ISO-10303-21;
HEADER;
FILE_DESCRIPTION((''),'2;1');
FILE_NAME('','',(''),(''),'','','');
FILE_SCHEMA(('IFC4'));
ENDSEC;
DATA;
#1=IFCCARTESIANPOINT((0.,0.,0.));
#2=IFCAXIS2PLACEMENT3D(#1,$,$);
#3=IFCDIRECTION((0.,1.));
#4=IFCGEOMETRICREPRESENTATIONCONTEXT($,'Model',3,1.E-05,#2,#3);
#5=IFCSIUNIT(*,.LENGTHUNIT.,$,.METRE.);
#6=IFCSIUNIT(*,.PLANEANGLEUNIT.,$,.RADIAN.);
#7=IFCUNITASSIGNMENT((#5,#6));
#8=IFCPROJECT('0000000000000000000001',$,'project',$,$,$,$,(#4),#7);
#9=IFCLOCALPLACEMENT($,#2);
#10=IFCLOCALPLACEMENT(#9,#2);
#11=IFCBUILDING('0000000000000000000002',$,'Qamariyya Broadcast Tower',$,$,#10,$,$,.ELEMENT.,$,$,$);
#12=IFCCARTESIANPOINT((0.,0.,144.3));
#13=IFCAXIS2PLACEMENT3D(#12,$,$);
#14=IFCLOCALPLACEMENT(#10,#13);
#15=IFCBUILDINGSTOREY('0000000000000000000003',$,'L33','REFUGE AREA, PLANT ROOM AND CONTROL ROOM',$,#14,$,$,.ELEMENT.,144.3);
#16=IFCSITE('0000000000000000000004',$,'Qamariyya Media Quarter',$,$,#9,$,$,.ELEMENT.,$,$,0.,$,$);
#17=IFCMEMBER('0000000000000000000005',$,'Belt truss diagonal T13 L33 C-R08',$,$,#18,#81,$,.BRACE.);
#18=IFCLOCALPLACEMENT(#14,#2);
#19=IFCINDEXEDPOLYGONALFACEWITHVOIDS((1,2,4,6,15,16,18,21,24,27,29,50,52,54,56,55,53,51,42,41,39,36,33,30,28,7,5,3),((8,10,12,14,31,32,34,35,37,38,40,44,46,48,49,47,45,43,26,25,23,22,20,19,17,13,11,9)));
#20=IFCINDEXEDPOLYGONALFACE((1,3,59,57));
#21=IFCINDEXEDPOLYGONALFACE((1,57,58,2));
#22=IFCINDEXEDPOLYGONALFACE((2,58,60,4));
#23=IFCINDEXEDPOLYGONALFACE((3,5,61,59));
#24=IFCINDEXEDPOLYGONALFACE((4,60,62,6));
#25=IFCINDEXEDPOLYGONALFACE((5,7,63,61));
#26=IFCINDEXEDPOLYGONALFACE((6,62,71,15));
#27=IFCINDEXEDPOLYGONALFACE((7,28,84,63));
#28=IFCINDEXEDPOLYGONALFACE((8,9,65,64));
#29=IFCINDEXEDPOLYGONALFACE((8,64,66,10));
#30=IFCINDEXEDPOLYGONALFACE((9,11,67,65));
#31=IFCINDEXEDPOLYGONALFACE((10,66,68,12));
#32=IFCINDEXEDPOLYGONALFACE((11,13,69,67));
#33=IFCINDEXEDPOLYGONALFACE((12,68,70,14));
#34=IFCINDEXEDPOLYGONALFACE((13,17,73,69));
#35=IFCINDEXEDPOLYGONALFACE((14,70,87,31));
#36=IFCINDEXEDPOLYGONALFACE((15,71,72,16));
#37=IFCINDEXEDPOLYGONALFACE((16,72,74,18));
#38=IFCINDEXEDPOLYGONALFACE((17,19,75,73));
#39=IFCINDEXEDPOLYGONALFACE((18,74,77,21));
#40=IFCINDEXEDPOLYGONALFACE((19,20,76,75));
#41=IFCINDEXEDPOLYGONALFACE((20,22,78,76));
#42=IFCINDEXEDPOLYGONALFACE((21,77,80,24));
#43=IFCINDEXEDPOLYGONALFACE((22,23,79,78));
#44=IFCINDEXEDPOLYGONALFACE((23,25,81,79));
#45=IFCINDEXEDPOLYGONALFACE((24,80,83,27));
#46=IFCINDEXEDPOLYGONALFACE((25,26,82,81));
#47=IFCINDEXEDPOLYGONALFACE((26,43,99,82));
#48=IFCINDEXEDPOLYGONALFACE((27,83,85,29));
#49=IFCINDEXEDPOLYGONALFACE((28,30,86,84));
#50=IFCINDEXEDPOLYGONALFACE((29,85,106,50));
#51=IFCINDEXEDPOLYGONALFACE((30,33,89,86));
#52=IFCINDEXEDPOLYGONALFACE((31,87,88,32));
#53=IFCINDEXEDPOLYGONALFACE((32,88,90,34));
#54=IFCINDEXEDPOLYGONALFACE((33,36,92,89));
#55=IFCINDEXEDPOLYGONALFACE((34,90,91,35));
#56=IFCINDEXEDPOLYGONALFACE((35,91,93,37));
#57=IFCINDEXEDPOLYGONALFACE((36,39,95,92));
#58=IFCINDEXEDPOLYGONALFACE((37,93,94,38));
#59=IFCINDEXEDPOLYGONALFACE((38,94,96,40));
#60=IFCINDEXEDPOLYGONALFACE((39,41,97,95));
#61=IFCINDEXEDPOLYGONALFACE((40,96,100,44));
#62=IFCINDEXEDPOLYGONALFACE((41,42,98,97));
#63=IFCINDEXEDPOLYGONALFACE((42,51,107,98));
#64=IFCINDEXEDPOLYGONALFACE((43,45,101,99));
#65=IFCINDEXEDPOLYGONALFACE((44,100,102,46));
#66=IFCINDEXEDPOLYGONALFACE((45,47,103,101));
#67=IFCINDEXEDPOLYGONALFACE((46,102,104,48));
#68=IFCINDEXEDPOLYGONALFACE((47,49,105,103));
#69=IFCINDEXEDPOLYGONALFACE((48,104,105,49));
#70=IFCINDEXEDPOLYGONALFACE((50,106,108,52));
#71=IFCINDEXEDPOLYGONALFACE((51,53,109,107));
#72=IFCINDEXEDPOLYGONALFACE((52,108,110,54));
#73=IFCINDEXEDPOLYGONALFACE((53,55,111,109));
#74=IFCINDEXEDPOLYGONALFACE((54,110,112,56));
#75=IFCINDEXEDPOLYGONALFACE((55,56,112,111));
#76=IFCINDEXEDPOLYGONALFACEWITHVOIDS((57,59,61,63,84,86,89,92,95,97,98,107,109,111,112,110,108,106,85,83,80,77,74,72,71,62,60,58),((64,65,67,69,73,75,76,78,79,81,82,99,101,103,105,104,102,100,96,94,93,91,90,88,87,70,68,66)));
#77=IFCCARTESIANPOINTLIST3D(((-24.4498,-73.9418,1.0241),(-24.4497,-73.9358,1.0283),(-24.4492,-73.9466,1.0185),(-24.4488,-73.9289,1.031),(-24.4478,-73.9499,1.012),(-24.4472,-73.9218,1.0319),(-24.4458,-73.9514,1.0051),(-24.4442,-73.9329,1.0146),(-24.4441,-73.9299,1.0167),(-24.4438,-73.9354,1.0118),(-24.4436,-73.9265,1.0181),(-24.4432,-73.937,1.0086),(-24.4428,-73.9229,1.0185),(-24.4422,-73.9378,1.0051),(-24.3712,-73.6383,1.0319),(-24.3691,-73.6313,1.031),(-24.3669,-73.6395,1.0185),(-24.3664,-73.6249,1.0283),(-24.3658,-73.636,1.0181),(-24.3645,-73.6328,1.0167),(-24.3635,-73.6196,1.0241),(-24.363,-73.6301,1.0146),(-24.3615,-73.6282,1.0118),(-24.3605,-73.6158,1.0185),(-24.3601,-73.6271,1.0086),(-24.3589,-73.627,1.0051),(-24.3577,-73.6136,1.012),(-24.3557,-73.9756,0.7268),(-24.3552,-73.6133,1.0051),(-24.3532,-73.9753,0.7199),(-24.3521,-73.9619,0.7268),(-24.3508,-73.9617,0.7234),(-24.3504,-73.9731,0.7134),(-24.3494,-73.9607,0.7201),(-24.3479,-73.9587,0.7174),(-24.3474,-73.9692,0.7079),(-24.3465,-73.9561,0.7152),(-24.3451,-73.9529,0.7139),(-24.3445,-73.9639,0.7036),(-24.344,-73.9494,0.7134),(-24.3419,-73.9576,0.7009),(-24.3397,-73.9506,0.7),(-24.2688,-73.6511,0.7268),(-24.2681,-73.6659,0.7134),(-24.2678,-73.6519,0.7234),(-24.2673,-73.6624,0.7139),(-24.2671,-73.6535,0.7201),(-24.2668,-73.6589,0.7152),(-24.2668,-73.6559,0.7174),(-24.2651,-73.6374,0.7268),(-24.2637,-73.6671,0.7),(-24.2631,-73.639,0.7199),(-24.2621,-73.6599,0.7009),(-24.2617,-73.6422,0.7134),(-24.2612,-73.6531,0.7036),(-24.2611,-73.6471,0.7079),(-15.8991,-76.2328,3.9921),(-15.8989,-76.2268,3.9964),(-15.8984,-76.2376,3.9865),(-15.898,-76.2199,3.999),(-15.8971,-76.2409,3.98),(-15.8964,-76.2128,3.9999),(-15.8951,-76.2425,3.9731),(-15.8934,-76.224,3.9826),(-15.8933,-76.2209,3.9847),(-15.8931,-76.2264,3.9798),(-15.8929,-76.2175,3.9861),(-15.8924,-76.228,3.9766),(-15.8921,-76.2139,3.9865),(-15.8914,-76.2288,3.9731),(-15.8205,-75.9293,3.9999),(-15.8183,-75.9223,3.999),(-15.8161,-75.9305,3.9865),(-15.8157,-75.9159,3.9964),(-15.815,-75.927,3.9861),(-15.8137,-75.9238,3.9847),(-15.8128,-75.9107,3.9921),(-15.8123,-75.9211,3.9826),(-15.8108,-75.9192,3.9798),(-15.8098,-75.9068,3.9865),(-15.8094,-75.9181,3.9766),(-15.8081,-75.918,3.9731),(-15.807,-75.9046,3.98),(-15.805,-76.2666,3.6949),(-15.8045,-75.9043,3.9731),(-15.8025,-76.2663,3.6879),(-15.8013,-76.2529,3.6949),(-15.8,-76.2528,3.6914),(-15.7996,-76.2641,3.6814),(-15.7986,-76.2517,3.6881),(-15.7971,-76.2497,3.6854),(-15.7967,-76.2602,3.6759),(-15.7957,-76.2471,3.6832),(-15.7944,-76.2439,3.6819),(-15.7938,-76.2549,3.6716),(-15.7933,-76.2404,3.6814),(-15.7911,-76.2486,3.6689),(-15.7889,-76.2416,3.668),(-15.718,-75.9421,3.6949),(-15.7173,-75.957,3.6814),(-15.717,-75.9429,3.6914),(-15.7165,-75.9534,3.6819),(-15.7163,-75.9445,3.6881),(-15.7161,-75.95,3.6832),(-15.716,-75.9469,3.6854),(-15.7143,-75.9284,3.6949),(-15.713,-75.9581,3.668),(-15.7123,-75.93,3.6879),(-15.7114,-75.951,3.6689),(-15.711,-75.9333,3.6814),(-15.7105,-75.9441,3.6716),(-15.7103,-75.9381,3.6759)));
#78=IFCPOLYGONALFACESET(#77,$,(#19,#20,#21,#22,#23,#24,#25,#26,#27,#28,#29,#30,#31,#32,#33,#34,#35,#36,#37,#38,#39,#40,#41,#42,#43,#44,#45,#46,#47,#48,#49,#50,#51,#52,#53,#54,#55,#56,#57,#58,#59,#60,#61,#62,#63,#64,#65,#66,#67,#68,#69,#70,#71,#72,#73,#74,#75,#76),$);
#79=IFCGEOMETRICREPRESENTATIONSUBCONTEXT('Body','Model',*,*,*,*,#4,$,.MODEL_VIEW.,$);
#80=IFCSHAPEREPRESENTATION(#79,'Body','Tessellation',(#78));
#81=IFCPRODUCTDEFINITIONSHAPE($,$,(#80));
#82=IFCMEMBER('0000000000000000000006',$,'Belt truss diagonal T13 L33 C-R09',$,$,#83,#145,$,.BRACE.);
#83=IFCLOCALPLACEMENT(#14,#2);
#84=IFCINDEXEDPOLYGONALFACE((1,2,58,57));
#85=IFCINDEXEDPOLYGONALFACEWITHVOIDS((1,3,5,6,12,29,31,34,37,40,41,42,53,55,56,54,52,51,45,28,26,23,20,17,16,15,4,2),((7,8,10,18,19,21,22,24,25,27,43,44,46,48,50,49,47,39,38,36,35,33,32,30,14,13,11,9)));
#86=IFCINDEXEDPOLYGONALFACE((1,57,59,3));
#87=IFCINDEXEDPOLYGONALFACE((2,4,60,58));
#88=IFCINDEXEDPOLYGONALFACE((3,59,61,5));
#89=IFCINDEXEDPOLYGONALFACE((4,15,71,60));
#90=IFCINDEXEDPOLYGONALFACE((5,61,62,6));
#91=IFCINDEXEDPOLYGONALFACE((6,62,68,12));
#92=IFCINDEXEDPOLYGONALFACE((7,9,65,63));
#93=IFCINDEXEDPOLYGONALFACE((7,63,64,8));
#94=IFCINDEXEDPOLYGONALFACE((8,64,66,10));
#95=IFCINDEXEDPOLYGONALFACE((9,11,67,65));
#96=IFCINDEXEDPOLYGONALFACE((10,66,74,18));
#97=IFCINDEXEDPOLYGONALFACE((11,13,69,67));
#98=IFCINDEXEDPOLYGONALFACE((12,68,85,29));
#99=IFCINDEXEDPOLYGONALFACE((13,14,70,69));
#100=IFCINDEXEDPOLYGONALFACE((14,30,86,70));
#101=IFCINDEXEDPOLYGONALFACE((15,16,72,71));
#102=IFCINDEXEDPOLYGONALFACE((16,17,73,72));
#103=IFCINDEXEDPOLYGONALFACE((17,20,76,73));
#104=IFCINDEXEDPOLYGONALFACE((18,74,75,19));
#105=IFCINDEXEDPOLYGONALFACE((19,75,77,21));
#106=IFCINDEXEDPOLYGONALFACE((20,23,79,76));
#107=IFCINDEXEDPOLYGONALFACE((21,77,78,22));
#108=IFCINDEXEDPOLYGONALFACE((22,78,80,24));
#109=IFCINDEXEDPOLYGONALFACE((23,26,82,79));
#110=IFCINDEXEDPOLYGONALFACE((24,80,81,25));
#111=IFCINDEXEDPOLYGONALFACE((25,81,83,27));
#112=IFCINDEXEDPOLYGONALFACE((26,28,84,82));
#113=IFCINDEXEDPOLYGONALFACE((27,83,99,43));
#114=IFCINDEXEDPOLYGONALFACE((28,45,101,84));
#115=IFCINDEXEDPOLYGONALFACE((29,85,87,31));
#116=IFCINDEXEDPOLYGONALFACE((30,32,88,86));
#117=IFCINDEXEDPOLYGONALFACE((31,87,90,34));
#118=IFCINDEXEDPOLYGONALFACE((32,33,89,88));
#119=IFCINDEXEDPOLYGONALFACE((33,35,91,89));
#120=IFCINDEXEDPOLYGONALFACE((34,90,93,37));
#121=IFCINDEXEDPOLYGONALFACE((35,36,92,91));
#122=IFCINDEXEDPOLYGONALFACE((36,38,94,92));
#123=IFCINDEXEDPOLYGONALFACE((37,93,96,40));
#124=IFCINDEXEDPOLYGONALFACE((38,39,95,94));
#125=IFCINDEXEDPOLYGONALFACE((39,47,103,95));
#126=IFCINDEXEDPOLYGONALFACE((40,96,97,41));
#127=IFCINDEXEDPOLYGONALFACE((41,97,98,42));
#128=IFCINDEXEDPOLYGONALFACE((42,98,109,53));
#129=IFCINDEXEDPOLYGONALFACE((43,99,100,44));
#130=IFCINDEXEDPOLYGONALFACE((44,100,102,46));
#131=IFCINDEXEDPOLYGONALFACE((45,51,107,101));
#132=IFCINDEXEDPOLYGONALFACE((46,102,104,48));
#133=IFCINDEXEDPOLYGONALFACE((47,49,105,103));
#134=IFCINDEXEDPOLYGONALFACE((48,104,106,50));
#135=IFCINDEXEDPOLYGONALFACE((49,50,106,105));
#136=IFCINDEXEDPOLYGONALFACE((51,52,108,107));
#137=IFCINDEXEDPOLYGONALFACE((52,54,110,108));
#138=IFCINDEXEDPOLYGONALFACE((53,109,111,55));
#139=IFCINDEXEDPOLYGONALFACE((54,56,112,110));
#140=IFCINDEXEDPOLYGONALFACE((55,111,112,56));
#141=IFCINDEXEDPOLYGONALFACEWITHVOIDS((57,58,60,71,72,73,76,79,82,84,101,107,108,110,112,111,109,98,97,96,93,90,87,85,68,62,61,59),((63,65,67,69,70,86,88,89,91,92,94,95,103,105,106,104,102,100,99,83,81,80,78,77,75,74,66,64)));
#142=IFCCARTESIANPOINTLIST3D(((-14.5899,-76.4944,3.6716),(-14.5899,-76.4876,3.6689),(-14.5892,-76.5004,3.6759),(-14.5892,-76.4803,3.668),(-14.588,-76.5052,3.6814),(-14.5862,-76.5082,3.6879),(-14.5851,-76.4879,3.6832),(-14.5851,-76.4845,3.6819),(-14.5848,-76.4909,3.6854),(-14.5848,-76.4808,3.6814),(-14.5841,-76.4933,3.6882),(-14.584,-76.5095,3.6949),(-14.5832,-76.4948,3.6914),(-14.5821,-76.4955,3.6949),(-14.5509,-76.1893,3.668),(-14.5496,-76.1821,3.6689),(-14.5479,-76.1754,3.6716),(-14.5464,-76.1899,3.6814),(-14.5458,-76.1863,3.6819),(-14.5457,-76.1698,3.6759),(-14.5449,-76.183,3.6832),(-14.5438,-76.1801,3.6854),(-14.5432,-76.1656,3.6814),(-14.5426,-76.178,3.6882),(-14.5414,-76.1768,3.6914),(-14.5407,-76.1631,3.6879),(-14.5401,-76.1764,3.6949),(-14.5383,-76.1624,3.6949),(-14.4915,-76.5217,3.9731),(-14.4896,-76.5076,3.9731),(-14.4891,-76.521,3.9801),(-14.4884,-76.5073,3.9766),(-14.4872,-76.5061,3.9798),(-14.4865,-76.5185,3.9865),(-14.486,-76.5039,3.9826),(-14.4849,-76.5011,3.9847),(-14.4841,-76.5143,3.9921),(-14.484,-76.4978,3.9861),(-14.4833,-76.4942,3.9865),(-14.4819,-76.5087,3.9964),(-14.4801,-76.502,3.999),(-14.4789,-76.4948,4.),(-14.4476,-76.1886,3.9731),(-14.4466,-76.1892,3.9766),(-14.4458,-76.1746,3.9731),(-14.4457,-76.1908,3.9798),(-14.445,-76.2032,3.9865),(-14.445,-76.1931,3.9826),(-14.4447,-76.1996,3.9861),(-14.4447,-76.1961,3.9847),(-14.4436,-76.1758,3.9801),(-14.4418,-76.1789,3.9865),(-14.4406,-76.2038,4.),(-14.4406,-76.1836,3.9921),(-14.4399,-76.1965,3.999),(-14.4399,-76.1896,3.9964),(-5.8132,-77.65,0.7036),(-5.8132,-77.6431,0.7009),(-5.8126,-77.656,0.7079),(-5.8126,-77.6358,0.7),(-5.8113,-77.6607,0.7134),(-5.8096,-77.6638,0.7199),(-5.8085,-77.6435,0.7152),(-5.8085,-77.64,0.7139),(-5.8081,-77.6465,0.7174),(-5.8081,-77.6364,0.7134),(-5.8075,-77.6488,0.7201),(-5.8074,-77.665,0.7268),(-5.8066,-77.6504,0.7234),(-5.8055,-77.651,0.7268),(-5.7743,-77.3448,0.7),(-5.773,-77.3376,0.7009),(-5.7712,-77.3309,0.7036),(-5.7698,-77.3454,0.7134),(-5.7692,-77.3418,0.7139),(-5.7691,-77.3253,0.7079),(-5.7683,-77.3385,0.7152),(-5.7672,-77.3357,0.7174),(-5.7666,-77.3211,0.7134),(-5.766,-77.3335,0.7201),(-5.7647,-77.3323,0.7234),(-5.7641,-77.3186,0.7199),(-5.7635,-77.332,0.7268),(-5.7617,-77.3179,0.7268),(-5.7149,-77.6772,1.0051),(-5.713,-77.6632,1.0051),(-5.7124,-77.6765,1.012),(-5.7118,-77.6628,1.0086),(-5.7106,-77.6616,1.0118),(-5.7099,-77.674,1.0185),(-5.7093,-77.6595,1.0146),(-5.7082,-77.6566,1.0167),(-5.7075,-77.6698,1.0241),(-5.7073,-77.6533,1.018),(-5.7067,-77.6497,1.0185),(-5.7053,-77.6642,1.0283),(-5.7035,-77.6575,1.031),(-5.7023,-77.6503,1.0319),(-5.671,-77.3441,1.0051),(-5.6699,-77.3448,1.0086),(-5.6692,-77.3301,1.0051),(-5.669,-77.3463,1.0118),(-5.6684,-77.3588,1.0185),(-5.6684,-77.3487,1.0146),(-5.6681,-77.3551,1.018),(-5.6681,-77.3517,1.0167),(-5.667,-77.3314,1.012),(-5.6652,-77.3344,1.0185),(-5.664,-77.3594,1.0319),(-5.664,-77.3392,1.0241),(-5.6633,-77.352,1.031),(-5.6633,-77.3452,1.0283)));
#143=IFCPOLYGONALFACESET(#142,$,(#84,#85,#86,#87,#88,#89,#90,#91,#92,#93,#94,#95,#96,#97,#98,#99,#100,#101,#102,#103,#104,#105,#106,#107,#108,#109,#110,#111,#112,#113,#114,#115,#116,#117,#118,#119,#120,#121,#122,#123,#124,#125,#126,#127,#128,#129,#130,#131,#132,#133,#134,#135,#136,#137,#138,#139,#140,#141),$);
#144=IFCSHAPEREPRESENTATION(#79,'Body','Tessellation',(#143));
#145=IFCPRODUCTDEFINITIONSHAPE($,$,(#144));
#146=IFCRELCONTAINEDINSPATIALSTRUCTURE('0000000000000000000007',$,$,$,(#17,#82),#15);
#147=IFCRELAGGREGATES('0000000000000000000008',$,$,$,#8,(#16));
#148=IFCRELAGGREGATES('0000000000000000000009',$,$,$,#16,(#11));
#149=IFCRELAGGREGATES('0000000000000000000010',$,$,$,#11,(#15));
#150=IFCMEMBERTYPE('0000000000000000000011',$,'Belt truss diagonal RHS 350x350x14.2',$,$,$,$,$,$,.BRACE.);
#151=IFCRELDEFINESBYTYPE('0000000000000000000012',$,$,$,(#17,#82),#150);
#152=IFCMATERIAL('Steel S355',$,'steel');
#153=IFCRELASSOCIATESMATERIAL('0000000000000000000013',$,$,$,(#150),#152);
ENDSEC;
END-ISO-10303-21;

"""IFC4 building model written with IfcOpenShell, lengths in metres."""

from ifc_helpers import new_model, si_unit, direction, frame, origin, origin_2d, place, context, subcontext, project, spatial, hollow_rectangle, extrude, material, material_profile, profile_set, type_object, element, save


model = new_model("IFC4")

# Units and contexts
model_context = context("Model", 3, precision=1e-05, world=origin(), true_north=direction((0.0, 1.0)))
body_context = subcontext(model_context, "Body", "Model", "MODEL_VIEW")
ifc_project = project(units=[si_unit("LENGTHUNIT", "METRE"), si_unit("PLANEANGLEUNIT", "RADIAN")], contexts=[model_context])

# Site, building, storey
site_placement = place(None, origin())
site = spatial("IfcSite", under=ifc_project, at=site_placement, Name="Qamariyya Media Quarter", CompositionType="ELEMENT", RefElevation=0.0)
building_placement = place(site_placement, origin())
building = spatial("IfcBuilding", under=site, at=building_placement, Name="Qamariyya Broadcast Tower", CompositionType="ELEMENT")
storey_placement = place(building_placement, frame((0.0, 0.0, 144.3)))
storey = spatial("IfcBuildingStorey", under=building, at=storey_placement, Name="L33", Description="REFUGE AREA, PLANT ROOM AND CONTROL ROOM", CompositionType="ELEMENT", Elevation=144.3)

# Members
ifc_material_1 = material(Name="Steel S355", Category="steel")
ifc_material_profile_1 = material_profile(ifc_material_1, hollow_rectangle(XDim=0.3501, YDim=0.3501, WallThickness=0.0142, InnerFilletRadius=0.0142, OuterFilletRadius=0.0283, at=origin_2d()))
ifc_profile_set_1 = profile_set([ifc_material_profile_1], Name="Steel S355")
member_type_1 = type_object("IfcMemberType", Name="Belt truss diagonal RHS 350x350x14.2", PredefinedType="BRACE", material=ifc_profile_set_1)
for number, where, z_axis, x_axis, name in (
    (1, (-24.3555, -73.7944, 0.866), (0.915826, -0.245378, 0.317888), (0.258802, 0.96593, 0.0), "Belt truss diagonal T13 L33 C-R08"),
    (2, (-14.5149, -76.342, 3.834), (0.940016, -0.123761, -0.317889), (0.130532, 0.991444, 0.0), "Belt truss diagonal T13 L33 C-R09"),
):
    element("IfcMember", number, at=place(storey_placement, frame(where, z_axis=z_axis, x_axis=x_axis)), inside=storey, type_object=member_type_1, Name=name, PredefinedType="BRACE", context=body_context, shape_type="SweptSolid", body=[
        extrude(hollow_rectangle(XDim=0.3501, YDim=0.3501, WallThickness=0.0142, InnerFilletRadius=0.0142, OuterFilletRadius=0.0283, at=origin_2d()), origin(), (0.0, 0.0, 1.0), 9.3367),
    ])

save(model, "model.ifc")
